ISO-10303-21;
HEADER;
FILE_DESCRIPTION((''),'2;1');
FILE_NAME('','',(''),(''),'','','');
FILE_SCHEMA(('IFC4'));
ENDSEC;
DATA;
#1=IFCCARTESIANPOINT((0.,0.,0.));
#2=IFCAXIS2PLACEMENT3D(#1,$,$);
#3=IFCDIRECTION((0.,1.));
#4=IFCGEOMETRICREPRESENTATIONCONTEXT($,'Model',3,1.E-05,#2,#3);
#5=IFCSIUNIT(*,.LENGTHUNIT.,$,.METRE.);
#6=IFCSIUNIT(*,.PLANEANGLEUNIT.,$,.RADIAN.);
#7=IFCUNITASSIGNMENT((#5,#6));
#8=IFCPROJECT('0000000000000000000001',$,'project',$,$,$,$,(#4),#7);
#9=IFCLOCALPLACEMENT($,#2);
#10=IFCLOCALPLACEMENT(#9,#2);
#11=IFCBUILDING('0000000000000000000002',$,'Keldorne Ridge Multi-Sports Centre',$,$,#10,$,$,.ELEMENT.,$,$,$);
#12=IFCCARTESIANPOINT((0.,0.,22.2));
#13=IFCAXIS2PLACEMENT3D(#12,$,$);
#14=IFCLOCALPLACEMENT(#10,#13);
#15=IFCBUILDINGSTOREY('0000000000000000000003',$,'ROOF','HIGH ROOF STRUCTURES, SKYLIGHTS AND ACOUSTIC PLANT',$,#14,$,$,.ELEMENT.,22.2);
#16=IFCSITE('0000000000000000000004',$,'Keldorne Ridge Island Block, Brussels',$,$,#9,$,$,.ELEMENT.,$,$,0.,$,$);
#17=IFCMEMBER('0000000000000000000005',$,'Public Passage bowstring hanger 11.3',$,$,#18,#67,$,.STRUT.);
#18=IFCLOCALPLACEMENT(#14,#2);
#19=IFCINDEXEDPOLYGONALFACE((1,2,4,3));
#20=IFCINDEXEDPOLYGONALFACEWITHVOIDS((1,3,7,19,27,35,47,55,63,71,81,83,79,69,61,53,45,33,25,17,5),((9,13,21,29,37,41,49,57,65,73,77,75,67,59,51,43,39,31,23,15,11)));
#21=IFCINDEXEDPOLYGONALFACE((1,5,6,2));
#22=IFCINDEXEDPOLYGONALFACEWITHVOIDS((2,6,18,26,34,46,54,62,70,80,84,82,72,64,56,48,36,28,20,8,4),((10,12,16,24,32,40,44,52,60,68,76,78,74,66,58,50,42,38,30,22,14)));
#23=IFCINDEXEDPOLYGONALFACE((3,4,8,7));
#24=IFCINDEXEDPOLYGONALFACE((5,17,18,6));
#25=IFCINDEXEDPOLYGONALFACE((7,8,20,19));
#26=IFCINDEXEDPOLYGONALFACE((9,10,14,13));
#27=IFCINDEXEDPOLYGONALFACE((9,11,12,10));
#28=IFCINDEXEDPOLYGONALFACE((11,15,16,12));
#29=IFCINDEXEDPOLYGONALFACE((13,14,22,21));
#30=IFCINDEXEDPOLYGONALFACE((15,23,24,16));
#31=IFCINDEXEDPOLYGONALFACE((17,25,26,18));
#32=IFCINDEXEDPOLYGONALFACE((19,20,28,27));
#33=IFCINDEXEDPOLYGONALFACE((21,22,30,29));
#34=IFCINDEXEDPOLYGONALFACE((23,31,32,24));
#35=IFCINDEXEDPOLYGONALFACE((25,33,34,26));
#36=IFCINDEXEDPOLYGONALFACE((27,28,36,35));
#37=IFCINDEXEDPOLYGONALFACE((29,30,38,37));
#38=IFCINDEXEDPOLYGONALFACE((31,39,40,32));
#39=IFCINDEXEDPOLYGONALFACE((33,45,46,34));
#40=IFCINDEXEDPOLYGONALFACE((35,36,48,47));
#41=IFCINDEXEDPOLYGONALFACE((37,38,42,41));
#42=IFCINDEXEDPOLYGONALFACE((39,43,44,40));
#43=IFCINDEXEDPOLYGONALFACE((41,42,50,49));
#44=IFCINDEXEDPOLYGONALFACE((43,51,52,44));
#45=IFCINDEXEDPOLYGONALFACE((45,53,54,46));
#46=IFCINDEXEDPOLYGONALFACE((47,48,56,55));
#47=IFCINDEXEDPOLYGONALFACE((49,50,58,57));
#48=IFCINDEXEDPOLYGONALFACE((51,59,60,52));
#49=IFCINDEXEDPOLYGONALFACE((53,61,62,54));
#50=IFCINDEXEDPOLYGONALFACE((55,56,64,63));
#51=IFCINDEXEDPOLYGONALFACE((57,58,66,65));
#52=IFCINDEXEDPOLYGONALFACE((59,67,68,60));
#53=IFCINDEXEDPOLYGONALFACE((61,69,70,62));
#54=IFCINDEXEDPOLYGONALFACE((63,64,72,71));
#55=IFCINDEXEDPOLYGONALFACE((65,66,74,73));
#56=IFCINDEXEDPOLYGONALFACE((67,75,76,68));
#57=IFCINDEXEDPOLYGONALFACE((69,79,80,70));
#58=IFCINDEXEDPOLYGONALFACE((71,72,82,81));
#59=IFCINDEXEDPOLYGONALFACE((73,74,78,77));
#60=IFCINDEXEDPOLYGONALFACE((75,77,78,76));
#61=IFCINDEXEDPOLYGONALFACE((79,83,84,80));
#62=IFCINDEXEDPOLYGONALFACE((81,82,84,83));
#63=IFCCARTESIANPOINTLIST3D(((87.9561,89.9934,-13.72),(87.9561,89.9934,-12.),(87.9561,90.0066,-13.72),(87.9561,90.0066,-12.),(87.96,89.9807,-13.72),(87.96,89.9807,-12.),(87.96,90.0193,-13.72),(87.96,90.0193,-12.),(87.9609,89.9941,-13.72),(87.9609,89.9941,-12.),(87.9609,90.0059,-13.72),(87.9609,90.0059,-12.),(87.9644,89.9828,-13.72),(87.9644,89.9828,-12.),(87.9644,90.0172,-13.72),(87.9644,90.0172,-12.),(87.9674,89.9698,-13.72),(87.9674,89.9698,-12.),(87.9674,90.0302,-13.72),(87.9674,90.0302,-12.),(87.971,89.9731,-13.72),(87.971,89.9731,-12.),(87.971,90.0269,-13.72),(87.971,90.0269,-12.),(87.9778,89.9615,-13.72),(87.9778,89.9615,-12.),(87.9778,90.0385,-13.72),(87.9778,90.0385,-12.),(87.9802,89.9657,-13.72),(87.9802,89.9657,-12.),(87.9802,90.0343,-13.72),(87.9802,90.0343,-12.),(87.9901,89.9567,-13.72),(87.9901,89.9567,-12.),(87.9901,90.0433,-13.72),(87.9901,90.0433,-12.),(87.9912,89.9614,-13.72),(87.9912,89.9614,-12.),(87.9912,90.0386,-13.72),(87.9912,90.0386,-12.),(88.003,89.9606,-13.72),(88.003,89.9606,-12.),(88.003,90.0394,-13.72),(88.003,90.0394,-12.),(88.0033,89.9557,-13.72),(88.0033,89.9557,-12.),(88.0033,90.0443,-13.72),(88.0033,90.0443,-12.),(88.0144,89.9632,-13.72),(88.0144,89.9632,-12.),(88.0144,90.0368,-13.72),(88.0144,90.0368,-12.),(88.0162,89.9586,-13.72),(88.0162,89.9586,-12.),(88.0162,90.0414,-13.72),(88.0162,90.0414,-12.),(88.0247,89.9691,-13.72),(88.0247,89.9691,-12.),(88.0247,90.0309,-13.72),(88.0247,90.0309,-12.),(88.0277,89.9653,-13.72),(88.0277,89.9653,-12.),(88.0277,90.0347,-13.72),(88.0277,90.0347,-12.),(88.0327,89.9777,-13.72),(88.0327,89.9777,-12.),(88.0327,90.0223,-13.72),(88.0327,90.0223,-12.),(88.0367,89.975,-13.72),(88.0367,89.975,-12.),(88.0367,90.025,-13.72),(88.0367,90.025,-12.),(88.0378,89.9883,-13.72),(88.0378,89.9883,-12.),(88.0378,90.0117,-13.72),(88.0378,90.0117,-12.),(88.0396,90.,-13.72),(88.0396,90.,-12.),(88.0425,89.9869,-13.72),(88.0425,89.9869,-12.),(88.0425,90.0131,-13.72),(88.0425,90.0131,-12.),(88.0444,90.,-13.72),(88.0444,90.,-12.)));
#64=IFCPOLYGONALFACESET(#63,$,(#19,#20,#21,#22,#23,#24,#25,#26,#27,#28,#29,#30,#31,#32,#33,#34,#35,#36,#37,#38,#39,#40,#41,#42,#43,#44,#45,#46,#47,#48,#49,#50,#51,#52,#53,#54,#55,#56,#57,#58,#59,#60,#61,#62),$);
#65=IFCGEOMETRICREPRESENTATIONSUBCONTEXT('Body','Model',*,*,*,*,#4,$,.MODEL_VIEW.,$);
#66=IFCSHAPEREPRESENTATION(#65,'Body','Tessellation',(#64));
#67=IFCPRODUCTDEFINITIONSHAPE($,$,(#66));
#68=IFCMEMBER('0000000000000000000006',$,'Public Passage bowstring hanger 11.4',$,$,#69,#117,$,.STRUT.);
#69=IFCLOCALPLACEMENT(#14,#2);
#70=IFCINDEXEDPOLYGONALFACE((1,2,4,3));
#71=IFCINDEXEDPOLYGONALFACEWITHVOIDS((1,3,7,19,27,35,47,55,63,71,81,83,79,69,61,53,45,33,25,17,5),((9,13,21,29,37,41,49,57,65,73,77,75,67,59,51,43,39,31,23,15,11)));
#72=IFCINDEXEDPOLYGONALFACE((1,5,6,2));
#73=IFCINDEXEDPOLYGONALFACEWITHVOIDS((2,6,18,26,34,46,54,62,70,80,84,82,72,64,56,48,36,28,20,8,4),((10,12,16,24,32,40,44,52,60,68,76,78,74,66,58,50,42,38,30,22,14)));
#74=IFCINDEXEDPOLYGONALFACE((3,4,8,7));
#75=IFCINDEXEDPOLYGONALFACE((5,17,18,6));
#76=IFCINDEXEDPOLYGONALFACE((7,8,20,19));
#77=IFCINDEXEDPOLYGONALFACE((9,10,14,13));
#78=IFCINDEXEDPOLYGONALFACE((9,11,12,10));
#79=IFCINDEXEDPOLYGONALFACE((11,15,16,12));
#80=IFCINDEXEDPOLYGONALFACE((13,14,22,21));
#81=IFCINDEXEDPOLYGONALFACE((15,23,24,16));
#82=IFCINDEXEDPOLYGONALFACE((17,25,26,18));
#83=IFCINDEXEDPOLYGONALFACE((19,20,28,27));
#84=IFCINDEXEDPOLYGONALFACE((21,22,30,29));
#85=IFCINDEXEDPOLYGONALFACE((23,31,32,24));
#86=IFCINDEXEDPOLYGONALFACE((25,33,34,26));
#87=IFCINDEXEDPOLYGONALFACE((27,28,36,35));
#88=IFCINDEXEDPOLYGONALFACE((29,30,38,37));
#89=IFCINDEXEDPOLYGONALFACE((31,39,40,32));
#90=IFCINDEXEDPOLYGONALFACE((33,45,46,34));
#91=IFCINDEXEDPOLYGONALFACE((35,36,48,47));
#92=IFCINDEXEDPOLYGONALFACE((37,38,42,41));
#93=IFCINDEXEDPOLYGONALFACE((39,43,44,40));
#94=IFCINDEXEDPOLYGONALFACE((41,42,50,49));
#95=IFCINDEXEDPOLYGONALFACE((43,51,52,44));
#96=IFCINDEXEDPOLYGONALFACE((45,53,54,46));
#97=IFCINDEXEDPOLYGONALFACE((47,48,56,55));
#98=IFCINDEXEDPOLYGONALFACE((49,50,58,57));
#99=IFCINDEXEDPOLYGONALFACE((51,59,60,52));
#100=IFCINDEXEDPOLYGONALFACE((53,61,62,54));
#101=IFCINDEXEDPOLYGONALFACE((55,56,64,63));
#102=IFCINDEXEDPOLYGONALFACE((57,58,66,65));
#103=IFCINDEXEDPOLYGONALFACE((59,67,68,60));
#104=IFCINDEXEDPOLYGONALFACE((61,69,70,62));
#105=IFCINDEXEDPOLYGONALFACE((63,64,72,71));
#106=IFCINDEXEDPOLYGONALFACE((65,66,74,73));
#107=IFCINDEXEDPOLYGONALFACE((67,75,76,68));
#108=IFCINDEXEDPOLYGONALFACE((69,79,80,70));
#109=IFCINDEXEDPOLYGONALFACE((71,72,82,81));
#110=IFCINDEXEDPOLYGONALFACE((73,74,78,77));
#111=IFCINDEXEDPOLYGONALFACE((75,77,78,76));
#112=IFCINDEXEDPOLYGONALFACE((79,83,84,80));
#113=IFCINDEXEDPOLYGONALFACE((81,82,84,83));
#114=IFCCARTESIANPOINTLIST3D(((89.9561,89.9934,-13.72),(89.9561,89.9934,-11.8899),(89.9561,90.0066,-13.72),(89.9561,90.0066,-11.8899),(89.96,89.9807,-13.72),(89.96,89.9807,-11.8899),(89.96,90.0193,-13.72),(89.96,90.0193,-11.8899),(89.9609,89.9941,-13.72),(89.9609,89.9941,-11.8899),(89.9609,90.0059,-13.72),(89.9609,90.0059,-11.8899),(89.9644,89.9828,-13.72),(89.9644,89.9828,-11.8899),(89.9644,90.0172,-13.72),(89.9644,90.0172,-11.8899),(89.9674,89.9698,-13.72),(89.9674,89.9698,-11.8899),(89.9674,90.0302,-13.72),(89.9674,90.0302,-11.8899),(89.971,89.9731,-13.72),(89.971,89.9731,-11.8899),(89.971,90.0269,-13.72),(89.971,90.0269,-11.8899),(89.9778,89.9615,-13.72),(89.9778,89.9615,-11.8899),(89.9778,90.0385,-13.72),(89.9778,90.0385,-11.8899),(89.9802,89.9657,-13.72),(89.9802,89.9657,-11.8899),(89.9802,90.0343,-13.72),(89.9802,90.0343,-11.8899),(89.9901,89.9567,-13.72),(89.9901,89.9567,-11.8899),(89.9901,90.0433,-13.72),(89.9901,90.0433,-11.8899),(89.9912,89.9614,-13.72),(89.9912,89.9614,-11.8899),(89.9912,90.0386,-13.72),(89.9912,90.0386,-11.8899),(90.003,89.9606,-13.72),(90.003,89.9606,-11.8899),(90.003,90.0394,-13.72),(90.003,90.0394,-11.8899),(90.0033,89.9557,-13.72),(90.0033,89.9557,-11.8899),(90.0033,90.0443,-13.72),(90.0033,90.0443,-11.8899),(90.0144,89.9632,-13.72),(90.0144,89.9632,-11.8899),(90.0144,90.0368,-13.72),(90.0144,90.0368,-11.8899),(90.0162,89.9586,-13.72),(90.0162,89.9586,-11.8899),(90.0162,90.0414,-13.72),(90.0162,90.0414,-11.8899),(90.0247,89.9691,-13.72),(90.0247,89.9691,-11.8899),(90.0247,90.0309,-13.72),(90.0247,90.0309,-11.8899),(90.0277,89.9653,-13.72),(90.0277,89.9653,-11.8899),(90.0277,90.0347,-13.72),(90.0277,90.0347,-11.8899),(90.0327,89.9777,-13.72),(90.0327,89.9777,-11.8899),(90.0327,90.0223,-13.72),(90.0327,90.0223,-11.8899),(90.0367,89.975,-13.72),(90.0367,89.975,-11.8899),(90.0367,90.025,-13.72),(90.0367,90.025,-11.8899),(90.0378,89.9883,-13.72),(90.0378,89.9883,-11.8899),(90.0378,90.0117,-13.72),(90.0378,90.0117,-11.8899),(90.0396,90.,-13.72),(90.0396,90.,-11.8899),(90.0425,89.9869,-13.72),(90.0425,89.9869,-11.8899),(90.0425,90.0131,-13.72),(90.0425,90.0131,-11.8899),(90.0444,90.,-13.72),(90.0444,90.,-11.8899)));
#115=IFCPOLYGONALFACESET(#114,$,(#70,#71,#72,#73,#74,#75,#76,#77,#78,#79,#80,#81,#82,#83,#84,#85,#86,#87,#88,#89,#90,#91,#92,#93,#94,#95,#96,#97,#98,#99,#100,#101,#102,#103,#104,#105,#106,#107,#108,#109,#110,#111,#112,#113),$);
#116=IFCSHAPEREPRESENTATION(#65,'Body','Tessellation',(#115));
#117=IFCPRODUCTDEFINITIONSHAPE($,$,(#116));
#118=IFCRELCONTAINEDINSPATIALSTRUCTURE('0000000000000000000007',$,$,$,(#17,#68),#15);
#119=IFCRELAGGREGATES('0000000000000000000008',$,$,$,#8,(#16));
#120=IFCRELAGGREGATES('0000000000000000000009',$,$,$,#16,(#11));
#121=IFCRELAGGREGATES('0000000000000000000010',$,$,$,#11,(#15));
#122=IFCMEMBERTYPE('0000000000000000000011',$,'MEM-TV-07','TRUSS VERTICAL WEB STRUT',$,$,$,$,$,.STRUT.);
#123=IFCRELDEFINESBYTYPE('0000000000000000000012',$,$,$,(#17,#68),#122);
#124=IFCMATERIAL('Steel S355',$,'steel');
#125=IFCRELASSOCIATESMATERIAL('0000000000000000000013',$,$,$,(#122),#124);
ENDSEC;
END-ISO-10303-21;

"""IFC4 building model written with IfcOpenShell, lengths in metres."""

from ifc_helpers import new_model, si_unit, direction, frame, origin, origin_2d, place, context, subcontext, project, spatial, hollow_circle, extrude, material, material_profile, profile_set, type_object, element, save


model = new_model("IFC4")

# Units and contexts
model_context = context("Model", 3, precision=1e-05, world=origin(), true_north=direction((0.0, 1.0)))
body_context = subcontext(model_context, "Body", "Model", "MODEL_VIEW")
ifc_project = project(units=[si_unit("LENGTHUNIT", "METRE"), si_unit("PLANEANGLEUNIT", "RADIAN")], contexts=[model_context])

# Site, building, storey
site_placement = place(None, origin())
site = spatial("IfcSite", under=ifc_project, at=site_placement, Name="Keldorne Ridge Island Block, Brussels", CompositionType="ELEMENT", RefElevation=0.0)
building_placement = place(site_placement, origin())
building = spatial("IfcBuilding", under=site, at=building_placement, Name="Keldorne Ridge Multi-Sports Centre", CompositionType="ELEMENT")
storey_placement = place(building_placement, frame((0.0, 0.0, 22.2)))
storey = spatial("IfcBuildingStorey", under=building, at=storey_placement, Name="ROOF", Description="HIGH ROOF STRUCTURES, SKYLIGHTS AND ACOUSTIC PLANT", CompositionType="ELEMENT", Elevation=22.2)

# Members
ifc_material = material(Name="Steel S355", Category="steel")
ifc_material_profile_1 = material_profile(ifc_material, hollow_circle(Radius=0.0444, WallThickness=0.0049, at=origin_2d()), Name="CHS 88.9x5")
ifc_profile_set_1 = profile_set([ifc_material_profile_1], Name="Steel S355")
member_type_1 = type_object("IfcMemberType", Name="MEM-TV-07", Description="TRUSS VERTICAL WEB STRUT", PredefinedType="STRUT", material=ifc_profile_set_1)
member_1_placement = place(storey_placement, frame((88.0, 90.0, -13.72), z_axis=(0.0, 0.0, 1.0), x_axis=(1.0, 0.0, 0.0)))
element("IfcMember", 1, at=member_1_placement, inside=storey, type_object=member_type_1, Name="Public Passage bowstring hanger 11.3", PredefinedType="STRUT", context=body_context, shape_type="SweptSolid", body=[
    extrude(hollow_circle(Radius=0.0444, WallThickness=0.0049, at=origin_2d()), origin(), (0.0, 0.0, 1.0), 1.72),
])
member_2_placement = place(storey_placement, frame((90.0, 90.0, -13.72), z_axis=(0.0, 0.0, 1.0), x_axis=(1.0, 0.0, 0.0)))
element("IfcMember", 2, at=member_2_placement, inside=storey, type_object=member_type_1, Name="Public Passage bowstring hanger 11.4", PredefinedType="STRUT", context=body_context, shape_type="SweptSolid", body=[
    extrude(hollow_circle(Radius=0.0444, WallThickness=0.0049, at=origin_2d()), origin(), (0.0, 0.0, 1.0), 1.8301),
])

save(model, "model.ifc")
